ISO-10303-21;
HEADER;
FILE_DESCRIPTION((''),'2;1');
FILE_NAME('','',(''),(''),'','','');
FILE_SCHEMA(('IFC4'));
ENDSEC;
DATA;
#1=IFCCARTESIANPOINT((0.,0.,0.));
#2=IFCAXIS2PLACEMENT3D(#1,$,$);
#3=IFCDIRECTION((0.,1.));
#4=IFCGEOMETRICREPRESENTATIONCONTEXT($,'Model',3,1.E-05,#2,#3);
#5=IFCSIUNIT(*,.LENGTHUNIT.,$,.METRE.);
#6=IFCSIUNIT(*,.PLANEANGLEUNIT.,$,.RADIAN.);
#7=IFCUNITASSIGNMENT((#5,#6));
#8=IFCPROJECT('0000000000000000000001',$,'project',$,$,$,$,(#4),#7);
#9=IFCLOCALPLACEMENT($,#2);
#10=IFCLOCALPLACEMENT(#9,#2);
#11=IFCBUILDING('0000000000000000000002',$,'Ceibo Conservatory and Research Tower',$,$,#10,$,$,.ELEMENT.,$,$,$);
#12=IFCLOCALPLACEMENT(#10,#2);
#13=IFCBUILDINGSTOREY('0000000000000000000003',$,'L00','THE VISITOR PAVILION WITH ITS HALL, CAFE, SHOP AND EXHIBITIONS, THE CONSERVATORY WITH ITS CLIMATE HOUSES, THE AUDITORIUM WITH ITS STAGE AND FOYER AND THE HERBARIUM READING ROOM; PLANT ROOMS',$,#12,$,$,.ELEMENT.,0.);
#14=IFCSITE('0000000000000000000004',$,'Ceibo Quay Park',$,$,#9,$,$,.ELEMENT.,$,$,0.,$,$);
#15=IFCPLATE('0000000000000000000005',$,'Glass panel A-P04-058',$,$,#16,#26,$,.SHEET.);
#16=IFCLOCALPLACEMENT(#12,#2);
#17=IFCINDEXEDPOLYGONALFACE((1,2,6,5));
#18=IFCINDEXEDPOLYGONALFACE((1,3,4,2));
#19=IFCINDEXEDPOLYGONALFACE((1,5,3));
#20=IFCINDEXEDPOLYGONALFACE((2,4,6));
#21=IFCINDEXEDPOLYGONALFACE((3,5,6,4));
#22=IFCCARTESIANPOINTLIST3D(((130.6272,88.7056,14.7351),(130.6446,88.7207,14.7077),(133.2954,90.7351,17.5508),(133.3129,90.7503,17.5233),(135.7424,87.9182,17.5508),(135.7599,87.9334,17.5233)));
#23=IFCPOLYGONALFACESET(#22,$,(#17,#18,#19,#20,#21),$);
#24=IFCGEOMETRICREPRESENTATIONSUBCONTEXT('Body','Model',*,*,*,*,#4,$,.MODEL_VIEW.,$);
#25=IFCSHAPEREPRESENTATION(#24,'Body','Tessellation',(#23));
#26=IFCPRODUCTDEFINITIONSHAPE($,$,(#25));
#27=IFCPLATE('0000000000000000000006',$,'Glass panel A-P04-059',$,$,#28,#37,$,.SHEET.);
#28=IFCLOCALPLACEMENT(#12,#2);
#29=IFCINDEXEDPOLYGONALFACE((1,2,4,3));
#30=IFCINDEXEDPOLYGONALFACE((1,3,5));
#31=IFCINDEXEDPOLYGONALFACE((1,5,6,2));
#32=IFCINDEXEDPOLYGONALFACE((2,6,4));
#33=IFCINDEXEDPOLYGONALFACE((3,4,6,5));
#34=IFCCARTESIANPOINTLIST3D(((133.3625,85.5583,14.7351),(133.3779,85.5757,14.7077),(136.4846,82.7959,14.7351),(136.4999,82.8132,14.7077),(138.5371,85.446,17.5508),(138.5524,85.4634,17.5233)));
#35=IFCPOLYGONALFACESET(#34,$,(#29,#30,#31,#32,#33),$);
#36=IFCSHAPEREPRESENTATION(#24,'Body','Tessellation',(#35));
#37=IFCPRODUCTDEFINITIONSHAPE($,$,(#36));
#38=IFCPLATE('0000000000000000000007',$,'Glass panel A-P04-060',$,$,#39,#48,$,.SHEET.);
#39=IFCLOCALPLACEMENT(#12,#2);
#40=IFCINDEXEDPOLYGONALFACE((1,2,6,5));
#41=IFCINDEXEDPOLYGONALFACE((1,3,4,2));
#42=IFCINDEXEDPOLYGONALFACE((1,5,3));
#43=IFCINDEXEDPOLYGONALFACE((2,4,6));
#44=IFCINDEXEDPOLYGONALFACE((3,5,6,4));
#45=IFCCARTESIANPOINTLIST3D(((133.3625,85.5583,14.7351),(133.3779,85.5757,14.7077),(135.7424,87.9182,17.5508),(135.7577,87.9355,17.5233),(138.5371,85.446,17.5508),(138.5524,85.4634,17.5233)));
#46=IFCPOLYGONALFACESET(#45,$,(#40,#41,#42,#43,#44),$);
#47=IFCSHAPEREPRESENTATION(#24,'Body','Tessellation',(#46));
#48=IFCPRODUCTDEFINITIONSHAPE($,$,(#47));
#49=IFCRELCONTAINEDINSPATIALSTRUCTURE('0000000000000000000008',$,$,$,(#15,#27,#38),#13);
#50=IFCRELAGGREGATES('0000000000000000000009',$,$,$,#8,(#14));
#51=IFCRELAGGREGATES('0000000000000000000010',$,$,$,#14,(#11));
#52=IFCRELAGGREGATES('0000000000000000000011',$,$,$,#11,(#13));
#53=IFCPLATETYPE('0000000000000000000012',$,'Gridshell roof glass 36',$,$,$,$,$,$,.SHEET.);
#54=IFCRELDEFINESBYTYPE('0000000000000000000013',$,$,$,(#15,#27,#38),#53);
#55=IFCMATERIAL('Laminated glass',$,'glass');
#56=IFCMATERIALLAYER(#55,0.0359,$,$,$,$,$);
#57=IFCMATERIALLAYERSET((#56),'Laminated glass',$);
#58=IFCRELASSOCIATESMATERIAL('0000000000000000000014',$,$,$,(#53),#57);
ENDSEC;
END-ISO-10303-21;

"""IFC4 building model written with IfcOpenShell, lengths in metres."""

from ifc_helpers import new_model, si_unit, direction, frame, origin, place, context, subcontext, project, spatial, polyline, outline, extrude, material, layer, layer_set, type_object, element, save


model = new_model("IFC4")

# Units and contexts
model_context = context("Model", 3, precision=1e-05, world=origin(), true_north=direction((0.0, 1.0)))
body_context = subcontext(model_context, "Body", "Model", "MODEL_VIEW")
ifc_project = project(units=[si_unit("LENGTHUNIT", "METRE"), si_unit("PLANEANGLEUNIT", "RADIAN")], contexts=[model_context])

# Site, building, storey
site_placement = place(None, origin())
site = spatial("IfcSite", under=ifc_project, at=site_placement, Name="Ceibo Quay Park", CompositionType="ELEMENT", RefElevation=0.0)
building_placement = place(site_placement, origin())
building = spatial("IfcBuilding", under=site, at=building_placement, Name="Ceibo Conservatory and Research Tower", CompositionType="ELEMENT")
storey_placement = place(building_placement, origin())
storey = spatial("IfcBuildingStorey", under=building, at=storey_placement, Name="L00", Description="THE VISITOR PAVILION WITH ITS HALL, CAFE, SHOP AND EXHIBITIONS, THE CONSERVATORY WITH ITS CLIMATE HOUSES, THE AUDITORIUM WITH ITS STAGE AND FOYER AND THE HERBARIUM READING ROOM; PLANT ROOMS", CompositionType="ELEMENT", Elevation=0.0)

# Plates
ifc_material_1 = material(Name="Laminated glass", Category="glass")
ifc_layer = layer(ifc_material_1, 0.0359)
ifc_layer_set = layer_set([ifc_layer], Name="Laminated glass")
plate_type = type_object("IfcPlateType", Name="Gridshell roof glass 36", PredefinedType="SHEET", material=ifc_layer_set)
plate_1_placement = place(storey_placement, frame((130.6272, 88.7056, 14.7351), z_axis=(-0.486135, -0.422303, 0.765071), x_axis=(0.868192, -0.133635, 0.477895)))
element("IfcPlate", 1, at=plate_1_placement, inside=storey, type_object=plate_type, Name="Glass panel A-P04-058", PredefinedType="SHEET", context=body_context, shape_type="SweptSolid", body=[
    extrude(outline(polyline([(0.0, 0.0), (5.8918, 0.0), (3.3909, 2.7692), (0.0, 0.0)])), origin(), (0.0, 0.0, -1.0), 0.0359),
])
plate_2_placement = place(storey_placement, frame((133.3625, 85.5583, 14.7351), z_axis=(-0.426749, -0.482303, 0.765029), x_axis=(0.748923, -0.662657, 0.0)))
element("IfcPlate", 2, at=plate_2_placement, inside=storey, type_object=plate_type, Name="Glass panel A-P04-059", PredefinedType="SHEET", context=body_context, shape_type="SweptSolid", body=[
    extrude(outline(polyline([(0.0, 0.0), (4.1687, 0.0), (3.9498, 4.3722), (0.0, 0.0)])), origin(), (0.0, 0.0, -1.0), 0.0359),
])
plate_3_placement = place(storey_placement, frame((133.3625, 85.5583, 14.7351), z_axis=(-0.426726, -0.482395, 0.764984), x_axis=(0.878222, -0.01906, 0.477874)))
element("IfcPlate", 3, at=plate_3_placement, inside=storey, type_object=plate_type, Name="Glass panel A-P04-060", PredefinedType="SHEET", context=body_context, shape_type="SweptSolid", body=[
    extrude(outline(polyline([(0.0, 0.0), (5.8921, 0.0), (3.3906, 2.7685), (0.0, 0.0)])), origin(), (0.0, 0.0, -1.0), 0.0359),
])

save(model, "model.ifc")
